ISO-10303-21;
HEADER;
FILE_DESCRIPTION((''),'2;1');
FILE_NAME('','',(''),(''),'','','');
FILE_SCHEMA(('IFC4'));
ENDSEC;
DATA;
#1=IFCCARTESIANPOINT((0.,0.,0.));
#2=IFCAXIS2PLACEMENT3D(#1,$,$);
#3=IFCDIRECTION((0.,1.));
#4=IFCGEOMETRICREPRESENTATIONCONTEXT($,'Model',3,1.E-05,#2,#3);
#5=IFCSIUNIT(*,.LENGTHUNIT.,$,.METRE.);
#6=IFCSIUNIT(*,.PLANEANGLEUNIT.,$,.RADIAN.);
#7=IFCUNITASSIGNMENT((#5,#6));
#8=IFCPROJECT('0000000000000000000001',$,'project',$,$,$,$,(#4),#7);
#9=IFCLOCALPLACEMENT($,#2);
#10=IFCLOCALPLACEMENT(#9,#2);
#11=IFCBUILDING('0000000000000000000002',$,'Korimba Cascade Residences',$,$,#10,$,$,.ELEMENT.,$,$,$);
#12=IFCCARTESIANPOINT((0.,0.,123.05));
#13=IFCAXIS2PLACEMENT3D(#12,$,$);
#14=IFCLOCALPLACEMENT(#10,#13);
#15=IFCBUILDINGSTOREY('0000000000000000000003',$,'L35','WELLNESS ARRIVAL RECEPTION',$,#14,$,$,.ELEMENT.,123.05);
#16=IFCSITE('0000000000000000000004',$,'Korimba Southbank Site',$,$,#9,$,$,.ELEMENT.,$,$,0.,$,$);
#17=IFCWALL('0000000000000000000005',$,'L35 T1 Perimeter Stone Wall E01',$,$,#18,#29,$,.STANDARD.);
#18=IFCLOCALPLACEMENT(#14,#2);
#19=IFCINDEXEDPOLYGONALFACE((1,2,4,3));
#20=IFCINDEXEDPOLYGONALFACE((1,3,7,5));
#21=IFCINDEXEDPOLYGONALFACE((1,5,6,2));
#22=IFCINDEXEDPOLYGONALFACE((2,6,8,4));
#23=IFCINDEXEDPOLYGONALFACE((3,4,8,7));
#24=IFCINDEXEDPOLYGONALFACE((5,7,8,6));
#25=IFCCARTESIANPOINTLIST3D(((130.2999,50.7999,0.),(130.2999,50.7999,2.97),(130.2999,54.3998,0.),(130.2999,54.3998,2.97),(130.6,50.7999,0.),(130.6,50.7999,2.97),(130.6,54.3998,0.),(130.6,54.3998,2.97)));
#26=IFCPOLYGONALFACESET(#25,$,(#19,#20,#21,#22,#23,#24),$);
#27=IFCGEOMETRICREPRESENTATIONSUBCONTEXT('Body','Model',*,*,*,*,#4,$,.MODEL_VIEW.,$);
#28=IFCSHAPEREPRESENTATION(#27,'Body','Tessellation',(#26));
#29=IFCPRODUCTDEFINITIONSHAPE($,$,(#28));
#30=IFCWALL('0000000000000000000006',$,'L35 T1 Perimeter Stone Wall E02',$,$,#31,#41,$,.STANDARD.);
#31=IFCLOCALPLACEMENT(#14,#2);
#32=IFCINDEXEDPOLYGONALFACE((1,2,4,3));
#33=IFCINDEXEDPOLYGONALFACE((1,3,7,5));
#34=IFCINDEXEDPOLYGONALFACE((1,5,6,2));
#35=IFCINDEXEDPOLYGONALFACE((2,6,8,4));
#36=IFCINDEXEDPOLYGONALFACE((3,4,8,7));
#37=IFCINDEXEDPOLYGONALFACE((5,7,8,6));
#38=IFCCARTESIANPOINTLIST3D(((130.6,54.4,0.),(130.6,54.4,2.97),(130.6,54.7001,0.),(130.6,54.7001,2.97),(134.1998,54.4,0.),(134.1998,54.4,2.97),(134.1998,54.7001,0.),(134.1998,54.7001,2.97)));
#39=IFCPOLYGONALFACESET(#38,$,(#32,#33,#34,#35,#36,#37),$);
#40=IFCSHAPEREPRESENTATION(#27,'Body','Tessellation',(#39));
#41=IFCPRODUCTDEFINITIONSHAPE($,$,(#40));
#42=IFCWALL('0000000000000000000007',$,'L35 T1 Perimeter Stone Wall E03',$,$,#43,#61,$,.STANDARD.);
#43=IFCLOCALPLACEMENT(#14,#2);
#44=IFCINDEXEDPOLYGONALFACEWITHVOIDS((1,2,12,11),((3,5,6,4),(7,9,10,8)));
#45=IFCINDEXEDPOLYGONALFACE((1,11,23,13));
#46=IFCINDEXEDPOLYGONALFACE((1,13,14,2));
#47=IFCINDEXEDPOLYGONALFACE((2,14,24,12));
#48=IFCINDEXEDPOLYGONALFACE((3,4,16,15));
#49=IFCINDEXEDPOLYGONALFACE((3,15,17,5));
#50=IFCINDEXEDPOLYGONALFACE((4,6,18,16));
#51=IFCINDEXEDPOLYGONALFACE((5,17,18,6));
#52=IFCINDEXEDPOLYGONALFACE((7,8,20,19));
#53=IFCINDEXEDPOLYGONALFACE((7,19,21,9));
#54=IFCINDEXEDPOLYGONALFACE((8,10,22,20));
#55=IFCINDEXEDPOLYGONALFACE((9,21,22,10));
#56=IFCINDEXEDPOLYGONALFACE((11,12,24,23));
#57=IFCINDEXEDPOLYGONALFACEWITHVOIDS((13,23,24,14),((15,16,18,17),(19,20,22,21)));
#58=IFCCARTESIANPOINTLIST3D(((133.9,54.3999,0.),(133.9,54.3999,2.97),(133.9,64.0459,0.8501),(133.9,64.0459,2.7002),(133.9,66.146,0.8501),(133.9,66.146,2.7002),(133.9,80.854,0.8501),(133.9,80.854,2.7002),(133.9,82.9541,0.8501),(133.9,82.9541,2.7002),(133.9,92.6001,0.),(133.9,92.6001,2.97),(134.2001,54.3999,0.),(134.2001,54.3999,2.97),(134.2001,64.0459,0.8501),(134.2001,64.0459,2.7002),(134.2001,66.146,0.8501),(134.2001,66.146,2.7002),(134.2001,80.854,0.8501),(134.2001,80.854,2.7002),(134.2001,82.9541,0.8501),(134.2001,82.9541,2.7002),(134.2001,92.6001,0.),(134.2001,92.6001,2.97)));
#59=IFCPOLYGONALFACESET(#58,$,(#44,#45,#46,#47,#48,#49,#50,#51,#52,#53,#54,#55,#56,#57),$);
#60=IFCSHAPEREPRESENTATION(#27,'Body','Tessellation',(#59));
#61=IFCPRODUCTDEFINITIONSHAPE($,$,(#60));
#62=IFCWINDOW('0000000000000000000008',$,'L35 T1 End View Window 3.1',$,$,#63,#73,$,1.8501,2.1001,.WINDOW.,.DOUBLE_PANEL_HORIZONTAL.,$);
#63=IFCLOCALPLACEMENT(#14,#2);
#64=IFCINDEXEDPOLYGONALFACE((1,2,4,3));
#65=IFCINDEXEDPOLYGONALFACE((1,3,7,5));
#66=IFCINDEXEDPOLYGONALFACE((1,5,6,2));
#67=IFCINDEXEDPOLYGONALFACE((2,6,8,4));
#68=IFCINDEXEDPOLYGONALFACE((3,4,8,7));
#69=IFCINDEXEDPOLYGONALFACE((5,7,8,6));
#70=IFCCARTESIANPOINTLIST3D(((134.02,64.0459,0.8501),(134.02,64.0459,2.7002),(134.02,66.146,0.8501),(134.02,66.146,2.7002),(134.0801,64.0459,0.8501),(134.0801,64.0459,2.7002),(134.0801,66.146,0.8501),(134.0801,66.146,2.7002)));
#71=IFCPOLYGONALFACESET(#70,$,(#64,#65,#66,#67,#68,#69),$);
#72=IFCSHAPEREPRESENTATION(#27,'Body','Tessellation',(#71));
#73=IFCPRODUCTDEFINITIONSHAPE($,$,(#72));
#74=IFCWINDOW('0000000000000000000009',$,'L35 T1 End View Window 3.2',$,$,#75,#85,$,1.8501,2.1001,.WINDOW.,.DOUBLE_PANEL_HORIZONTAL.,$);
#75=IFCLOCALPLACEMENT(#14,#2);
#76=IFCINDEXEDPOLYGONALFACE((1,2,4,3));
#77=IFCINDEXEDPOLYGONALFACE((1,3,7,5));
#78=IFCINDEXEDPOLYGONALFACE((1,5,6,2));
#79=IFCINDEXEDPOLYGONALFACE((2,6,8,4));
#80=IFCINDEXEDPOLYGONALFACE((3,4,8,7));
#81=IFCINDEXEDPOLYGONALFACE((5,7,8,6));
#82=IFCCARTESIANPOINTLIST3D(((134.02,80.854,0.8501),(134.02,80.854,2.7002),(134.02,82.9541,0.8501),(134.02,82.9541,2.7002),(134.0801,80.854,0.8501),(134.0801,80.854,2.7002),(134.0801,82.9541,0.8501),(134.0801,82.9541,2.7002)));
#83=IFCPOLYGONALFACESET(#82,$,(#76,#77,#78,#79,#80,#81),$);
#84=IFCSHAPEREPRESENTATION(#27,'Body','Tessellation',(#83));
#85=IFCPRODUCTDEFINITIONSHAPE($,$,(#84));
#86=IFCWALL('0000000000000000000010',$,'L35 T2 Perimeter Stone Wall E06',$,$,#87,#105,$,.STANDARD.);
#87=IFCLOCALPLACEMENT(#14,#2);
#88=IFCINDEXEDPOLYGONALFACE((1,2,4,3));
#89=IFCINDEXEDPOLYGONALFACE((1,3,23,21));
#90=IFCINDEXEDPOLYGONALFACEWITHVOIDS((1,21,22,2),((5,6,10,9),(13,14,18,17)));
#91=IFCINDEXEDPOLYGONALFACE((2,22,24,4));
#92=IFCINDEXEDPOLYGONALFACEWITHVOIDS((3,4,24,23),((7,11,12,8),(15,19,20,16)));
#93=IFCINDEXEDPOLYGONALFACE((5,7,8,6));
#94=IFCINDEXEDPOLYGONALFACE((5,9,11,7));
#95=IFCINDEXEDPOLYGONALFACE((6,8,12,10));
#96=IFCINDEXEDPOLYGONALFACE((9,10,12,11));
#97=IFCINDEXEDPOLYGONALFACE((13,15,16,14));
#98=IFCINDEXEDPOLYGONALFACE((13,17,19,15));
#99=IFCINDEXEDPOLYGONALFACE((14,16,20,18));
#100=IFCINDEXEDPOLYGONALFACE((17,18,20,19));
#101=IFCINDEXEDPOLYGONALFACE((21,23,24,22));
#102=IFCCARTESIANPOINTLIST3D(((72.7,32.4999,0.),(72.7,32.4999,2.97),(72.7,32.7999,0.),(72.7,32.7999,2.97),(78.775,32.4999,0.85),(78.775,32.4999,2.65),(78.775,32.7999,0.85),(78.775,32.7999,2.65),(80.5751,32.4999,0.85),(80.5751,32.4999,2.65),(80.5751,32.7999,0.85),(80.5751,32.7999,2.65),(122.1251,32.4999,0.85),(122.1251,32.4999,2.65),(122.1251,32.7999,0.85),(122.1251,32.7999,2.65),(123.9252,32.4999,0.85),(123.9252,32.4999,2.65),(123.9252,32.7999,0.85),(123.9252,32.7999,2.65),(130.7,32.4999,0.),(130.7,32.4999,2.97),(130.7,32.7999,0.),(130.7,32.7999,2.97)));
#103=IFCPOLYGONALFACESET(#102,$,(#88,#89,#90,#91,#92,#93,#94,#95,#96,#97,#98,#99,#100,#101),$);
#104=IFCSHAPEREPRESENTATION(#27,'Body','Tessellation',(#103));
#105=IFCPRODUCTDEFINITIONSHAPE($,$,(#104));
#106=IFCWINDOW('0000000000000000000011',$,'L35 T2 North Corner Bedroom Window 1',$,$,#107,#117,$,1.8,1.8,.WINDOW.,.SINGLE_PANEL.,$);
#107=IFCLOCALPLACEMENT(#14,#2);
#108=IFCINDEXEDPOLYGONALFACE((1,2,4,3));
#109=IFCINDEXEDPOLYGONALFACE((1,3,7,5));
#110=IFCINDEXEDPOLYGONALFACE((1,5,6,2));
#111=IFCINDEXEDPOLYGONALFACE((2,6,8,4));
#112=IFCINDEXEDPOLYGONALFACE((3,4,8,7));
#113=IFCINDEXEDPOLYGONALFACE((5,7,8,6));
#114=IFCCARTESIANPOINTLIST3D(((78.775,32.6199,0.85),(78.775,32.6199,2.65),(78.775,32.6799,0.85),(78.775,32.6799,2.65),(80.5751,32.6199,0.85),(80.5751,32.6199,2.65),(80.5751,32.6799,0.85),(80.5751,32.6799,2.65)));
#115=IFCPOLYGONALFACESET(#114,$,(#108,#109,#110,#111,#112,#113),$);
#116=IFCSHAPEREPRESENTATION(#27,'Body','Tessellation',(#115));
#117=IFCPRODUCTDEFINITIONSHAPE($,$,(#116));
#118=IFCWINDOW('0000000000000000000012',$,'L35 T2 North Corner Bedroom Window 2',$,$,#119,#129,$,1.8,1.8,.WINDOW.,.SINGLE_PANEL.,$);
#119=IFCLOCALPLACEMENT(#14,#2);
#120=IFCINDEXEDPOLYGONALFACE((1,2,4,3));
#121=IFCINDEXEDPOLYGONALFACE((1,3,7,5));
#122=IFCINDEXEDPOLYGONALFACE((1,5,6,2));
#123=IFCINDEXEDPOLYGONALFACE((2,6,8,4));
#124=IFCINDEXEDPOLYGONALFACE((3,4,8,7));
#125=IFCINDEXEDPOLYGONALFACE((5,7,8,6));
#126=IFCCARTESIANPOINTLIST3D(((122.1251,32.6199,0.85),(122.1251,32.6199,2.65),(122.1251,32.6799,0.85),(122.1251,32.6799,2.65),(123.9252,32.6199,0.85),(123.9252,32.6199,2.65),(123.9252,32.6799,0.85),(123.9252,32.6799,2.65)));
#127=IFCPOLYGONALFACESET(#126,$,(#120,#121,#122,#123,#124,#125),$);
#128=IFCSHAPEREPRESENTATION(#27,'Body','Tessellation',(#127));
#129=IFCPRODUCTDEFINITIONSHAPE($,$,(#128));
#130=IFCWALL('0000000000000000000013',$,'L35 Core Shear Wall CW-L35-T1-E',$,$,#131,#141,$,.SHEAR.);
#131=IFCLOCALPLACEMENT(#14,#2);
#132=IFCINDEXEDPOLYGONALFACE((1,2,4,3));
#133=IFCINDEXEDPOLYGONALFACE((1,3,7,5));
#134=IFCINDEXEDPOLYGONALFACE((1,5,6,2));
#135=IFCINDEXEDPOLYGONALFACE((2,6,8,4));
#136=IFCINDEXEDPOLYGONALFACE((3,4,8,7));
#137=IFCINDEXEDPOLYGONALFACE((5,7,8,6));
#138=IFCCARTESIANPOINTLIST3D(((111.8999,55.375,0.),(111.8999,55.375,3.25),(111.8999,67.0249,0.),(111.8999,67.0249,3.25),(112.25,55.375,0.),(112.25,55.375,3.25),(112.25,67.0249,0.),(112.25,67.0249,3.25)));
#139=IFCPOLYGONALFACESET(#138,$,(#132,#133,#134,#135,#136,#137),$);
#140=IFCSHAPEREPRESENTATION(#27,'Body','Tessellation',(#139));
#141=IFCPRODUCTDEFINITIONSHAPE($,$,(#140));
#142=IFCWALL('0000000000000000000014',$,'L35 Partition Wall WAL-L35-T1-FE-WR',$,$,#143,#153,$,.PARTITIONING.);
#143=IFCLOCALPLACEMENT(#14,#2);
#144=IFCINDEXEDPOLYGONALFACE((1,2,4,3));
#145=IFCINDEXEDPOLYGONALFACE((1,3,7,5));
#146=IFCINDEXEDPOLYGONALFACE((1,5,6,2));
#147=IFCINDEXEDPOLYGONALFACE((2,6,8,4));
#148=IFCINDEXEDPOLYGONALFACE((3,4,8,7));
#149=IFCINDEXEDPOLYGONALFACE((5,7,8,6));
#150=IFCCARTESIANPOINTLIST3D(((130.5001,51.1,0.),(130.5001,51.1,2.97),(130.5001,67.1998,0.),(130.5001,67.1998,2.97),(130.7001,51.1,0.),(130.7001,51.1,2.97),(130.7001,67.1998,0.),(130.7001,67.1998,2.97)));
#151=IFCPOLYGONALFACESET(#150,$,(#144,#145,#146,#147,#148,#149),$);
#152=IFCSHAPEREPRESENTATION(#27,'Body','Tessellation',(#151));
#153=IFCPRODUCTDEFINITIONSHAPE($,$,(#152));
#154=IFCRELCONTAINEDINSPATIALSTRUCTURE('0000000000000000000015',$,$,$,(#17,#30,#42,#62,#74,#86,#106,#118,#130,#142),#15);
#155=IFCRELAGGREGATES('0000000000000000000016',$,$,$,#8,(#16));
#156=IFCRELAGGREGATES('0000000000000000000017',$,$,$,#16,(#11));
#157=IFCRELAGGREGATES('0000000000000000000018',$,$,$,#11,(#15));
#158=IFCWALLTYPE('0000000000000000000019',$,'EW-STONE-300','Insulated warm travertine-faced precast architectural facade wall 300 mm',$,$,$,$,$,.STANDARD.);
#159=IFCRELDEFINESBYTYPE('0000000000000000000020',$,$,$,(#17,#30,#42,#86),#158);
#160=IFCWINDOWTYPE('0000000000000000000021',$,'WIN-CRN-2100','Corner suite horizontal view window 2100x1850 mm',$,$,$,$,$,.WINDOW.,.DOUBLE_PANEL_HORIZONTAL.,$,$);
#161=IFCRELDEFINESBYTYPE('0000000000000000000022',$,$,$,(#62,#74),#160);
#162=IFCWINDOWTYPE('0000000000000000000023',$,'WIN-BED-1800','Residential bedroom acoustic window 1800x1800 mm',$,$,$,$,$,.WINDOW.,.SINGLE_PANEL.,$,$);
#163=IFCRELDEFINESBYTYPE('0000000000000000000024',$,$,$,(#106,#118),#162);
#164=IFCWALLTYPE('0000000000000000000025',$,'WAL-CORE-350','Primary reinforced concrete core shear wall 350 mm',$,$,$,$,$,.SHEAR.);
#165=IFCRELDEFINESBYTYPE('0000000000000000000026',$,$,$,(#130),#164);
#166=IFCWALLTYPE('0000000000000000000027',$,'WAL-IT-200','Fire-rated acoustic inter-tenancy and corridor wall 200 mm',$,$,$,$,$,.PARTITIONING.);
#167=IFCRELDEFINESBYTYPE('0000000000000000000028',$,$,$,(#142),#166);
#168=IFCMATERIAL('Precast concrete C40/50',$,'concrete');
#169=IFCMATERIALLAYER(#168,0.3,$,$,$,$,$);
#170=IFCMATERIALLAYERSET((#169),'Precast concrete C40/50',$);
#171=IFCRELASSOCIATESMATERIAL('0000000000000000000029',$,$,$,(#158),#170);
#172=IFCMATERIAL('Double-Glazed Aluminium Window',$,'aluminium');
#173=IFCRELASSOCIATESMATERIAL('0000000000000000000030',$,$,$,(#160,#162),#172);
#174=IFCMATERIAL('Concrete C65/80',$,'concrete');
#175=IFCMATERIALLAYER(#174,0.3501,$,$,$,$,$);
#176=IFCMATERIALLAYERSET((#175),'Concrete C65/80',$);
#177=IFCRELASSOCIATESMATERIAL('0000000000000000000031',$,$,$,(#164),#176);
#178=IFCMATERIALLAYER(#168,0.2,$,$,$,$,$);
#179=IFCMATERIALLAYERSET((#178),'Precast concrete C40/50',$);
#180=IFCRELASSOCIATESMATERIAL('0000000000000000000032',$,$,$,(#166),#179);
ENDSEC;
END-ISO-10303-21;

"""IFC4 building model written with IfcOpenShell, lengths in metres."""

from ifc_helpers import new_model, si_unit, direction, frame, frame_2d, origin, place, context, subcontext, project, spatial, rectangle, extrude, material, layer, layer_set, type_object, element, fill, save


model = new_model("IFC4")

# Units and contexts
model_context = context("Model", 3, precision=1e-05, world=origin(), true_north=direction((0.0, 1.0)))
body_context = subcontext(model_context, "Body", "Model", "MODEL_VIEW")
ifc_project = project(units=[si_unit("LENGTHUNIT", "METRE"), si_unit("PLANEANGLEUNIT", "RADIAN")], contexts=[model_context])

# Site, building, storey
site_placement = place(None, origin())
site = spatial("IfcSite", under=ifc_project, at=site_placement, Name="Korimba Southbank Site", CompositionType="ELEMENT", RefElevation=0.0)
building_placement = place(site_placement, origin())
building = spatial("IfcBuilding", under=site, at=building_placement, Name="Korimba Cascade Residences", CompositionType="ELEMENT")
storey_placement = place(building_placement, frame((0.0, 0.0, 123.05)))
storey = spatial("IfcBuildingStorey", under=building, at=storey_placement, Name="L35", Description="WELLNESS ARRIVAL RECEPTION", CompositionType="ELEMENT", Elevation=123.05)

# Shared definitions
ifc_material_1 = material(Name="Concrete C65/80", Category="concrete")

# Walls
ifc_material_2 = material(Name="Precast concrete C40/50", Category="concrete")
ifc_layer_1 = layer(ifc_material_2, 0.3)
ifc_layer_set_1 = layer_set([ifc_layer_1], Name="Precast concrete C40/50")
wall_type_1 = type_object("IfcWallType", Name="EW-STONE-300", Description="Insulated warm travertine-faced precast architectural facade wall 300 mm", PredefinedType="STANDARD", material=ifc_layer_set_1)
for number, where, z_axis, x_axis, name in (
    (1, (130.45, 50.8, 0.0), (0.0, 0.0, 1.0), (0.0, 1.0, 0.0), "L35 T1 Perimeter Stone Wall E01"),
    (2, (130.6001, 54.55, 0.0), (0.0, 0.0, 1.0), (1.0, 0.0, 0.0), "L35 T1 Perimeter Stone Wall E02"),
):
    element("IfcWall", number, at=place(storey_placement, frame(where, z_axis=z_axis, x_axis=x_axis)), inside=storey, type_object=wall_type_1, Name=name, PredefinedType="STANDARD", context=body_context, shape_type="SweptSolid", body=[
        extrude(rectangle(XDim=3.5999, YDim=0.3, at=frame_2d((1.7998, 0.0))), origin(), (0.0, 0.0, 1.0), 2.97),
    ])

# Walls, openings, windows
wall_1_placement = place(storey_placement, frame((134.05, 54.3999, 0.0), z_axis=(0.0, 0.0, 1.0), x_axis=(0.0, 1.0, 0.0)))
wall_1 = element("IfcWall", 3, at=wall_1_placement, inside=storey, type_object=wall_type_1, Name="L35 T1 Perimeter Stone Wall E03", PredefinedType="STANDARD", context=body_context, shape_type="SweptSolid", body=[
    extrude(rectangle(XDim=38.2002, YDim=0.3, at=frame_2d((19.1001, 0.0))), origin(), (0.0, 0.0, 1.0), 2.97),
])
opening_1_placement = place(wall_1_placement, frame((9.646, 0.0, 0.8501)))
opening_1 = element("IfcOpeningElement", 4, at=opening_1_placement, cuts=wall_1, PredefinedType="OPENING", context=body_context, shape_type="SweptSolid", body=[
    extrude(rectangle(XDim=2.1001, YDim=1.8501, at=frame_2d((1.05, 0.925))), frame((0.0, 0.1602, 0.0), z_axis=(0.0, -1.0, 0.0), x_axis=(1.0, 0.0, 0.0)), (0.0, 0.0, 1.0), 0.3201),
])
opening_2_placement = place(wall_1_placement, frame((26.4541, 0.0, 0.8501)))
opening_2 = element("IfcOpeningElement", 5, at=opening_2_placement, cuts=wall_1, PredefinedType="OPENING", context=body_context, shape_type="SweptSolid", body=[
    extrude(rectangle(XDim=2.1001, YDim=1.8501, at=frame_2d((1.05, 0.925))), frame((0.0, 0.1602, 0.0), z_axis=(0.0, -1.0, 0.0), x_axis=(1.0, 0.0, 0.0)), (0.0, 0.0, 1.0), 0.3201),
])
ifc_material_3 = material(Name="Double-Glazed Aluminium Window", Category="aluminium")
window_type_1 = type_object("IfcWindowType", Name="WIN-CRN-2100", Description="Corner suite horizontal view window 2100x1850 mm", PartitioningType="DOUBLE_PANEL_HORIZONTAL", PredefinedType="WINDOW", material=ifc_material_3)
window_1_placement = place(opening_1_placement, origin())
window_1 = element("IfcWindow", 6, at=window_1_placement, inside=storey, type_object=window_type_1, Name="L35 T1 End View Window 3.1", OverallHeight=1.8501, OverallWidth=2.1001, PartitioningType="DOUBLE_PANEL_HORIZONTAL", PredefinedType="WINDOW", context=body_context, shape_type="SweptSolid", body=[
    extrude(rectangle(XDim=2.1001, YDim=1.8501, at=frame_2d((1.05, 0.925))), frame((0.0, 0.03, 0.0), z_axis=(0.0, -1.0, 0.0), x_axis=(1.0, 0.0, 0.0)), (0.0, 0.0, 1.0), 0.0601),
])
fill(opening_1, window_1)
window_2_placement = place(opening_2_placement, origin())
window_2 = element("IfcWindow", 7, at=window_2_placement, inside=storey, type_object=window_type_1, Name="L35 T1 End View Window 3.2", OverallHeight=1.8501, OverallWidth=2.1001, PartitioningType="DOUBLE_PANEL_HORIZONTAL", PredefinedType="WINDOW", context=body_context, shape_type="SweptSolid", body=[
    extrude(rectangle(XDim=2.1001, YDim=1.8501, at=frame_2d((1.05, 0.925))), frame((0.0, 0.03, 0.0), z_axis=(0.0, -1.0, 0.0), x_axis=(1.0, 0.0, 0.0)), (0.0, 0.0, 1.0), 0.0601),
])
fill(opening_2, window_2)
wall_2_placement = place(storey_placement, frame((130.7, 32.6499, 0.0), z_axis=(0.0, 0.0, 1.0), x_axis=(-1.0, 0.0, 0.0)))
wall_2 = element("IfcWall", 8, at=wall_2_placement, inside=storey, type_object=wall_type_1, Name="L35 T2 Perimeter Stone Wall E06", PredefinedType="STANDARD", context=body_context, shape_type="SweptSolid", body=[
    extrude(rectangle(XDim=58.0, YDim=0.3, at=frame_2d((29.0, 0.0))), origin(), (0.0, 0.0, 1.0), 2.97),
])
opening_3_placement = place(wall_2_placement, frame((50.125, 0.0, 0.8501)))
opening_3 = element("IfcOpeningElement", 9, at=opening_3_placement, cuts=wall_2, PredefinedType="OPENING", context=body_context, shape_type="SweptSolid", body=[
    extrude(rectangle(XDim=1.8, YDim=1.8, at=frame_2d((0.8999, 0.8999))), frame((0.0, 0.1602, 0.0), z_axis=(0.0, -1.0, 0.0), x_axis=(1.0, 0.0, 0.0)), (0.0, 0.0, 1.0), 0.3201),
])
opening_4_placement = place(wall_2_placement, frame((6.7749, 0.0, 0.8501)))
opening_4 = element("IfcOpeningElement", 10, at=opening_4_placement, cuts=wall_2, PredefinedType="OPENING", context=body_context, shape_type="SweptSolid", body=[
    extrude(rectangle(XDim=1.8, YDim=1.8, at=frame_2d((0.8999, 0.8999))), frame((0.0, 0.1602, 0.0), z_axis=(0.0, -1.0, 0.0), x_axis=(1.0, 0.0, 0.0)), (0.0, 0.0, 1.0), 0.3201),
])
window_type_2 = type_object("IfcWindowType", Name="WIN-BED-1800", Description="Residential bedroom acoustic window 1800x1800 mm", PartitioningType="SINGLE_PANEL", PredefinedType="WINDOW", material=ifc_material_3)
window_3_placement = place(opening_3_placement, origin())
window_3 = element("IfcWindow", 11, at=window_3_placement, inside=storey, type_object=window_type_2, Name="L35 T2 North Corner Bedroom Window 1", OverallHeight=1.8, OverallWidth=1.8, PartitioningType="SINGLE_PANEL", PredefinedType="WINDOW", context=body_context, shape_type="SweptSolid", body=[
    extrude(rectangle(XDim=1.8, YDim=1.8, at=frame_2d((0.8999, 0.8999))), frame((0.0, 0.03, 0.0), z_axis=(0.0, -1.0, 0.0), x_axis=(1.0, 0.0, 0.0)), (0.0, 0.0, 1.0), 0.0601),
])
fill(opening_3, window_3)
window_4_placement = place(opening_4_placement, origin())
window_4 = element("IfcWindow", 12, at=window_4_placement, inside=storey, type_object=window_type_2, Name="L35 T2 North Corner Bedroom Window 2", OverallHeight=1.8, OverallWidth=1.8, PartitioningType="SINGLE_PANEL", PredefinedType="WINDOW", context=body_context, shape_type="SweptSolid", body=[
    extrude(rectangle(XDim=1.8, YDim=1.8, at=frame_2d((0.8999, 0.8999))), frame((0.0, 0.03, 0.0), z_axis=(0.0, -1.0, 0.0), x_axis=(1.0, 0.0, 0.0)), (0.0, 0.0, 1.0), 0.0601),
])
fill(opening_4, window_4)

# Walls
ifc_layer_2 = layer(ifc_material_1, 0.3501)
ifc_layer_set_2 = layer_set([ifc_layer_2], Name="Concrete C65/80")
wall_type_2 = type_object("IfcWallType", Name="WAL-CORE-350", Description="Primary reinforced concrete core shear wall 350 mm", PredefinedType="SHEAR", material=ifc_layer_set_2)
wall_3_placement = place(storey_placement, frame((112.075, 55.375, 0.0), z_axis=(0.0, 0.0, 1.0), x_axis=(0.0, 1.0, 0.0)))
element("IfcWall", 13, at=wall_3_placement, inside=storey, type_object=wall_type_2, Name="L35 Core Shear Wall CW-L35-T1-E", PredefinedType="SHEAR", context=body_context, shape_type="SweptSolid", body=[
    extrude(rectangle(XDim=11.6499, YDim=0.3501, at=frame_2d((5.825, 0.0))), origin(), (0.0, 0.0, 1.0), 3.25),
])
ifc_layer_3 = layer(ifc_material_2, 0.2)
ifc_layer_set_3 = layer_set([ifc_layer_3], Name="Precast concrete C40/50")
wall_type_3 = type_object("IfcWallType", Name="WAL-IT-200", Description="Fire-rated acoustic inter-tenancy and corridor wall 200 mm", PredefinedType="PARTITIONING", material=ifc_layer_set_3)
wall_4_placement = place(storey_placement, frame((130.6001, 51.1001, 0.0), z_axis=(0.0, 0.0, 1.0), x_axis=(0.0, 1.0, 0.0)))
element("IfcWall", 14, at=wall_4_placement, inside=storey, type_object=wall_type_3, Name="L35 Partition Wall WAL-L35-T1-FE-WR", PredefinedType="PARTITIONING", context=body_context, shape_type="SweptSolid", body=[
    extrude(rectangle(XDim=16.0999, YDim=0.2, at=frame_2d((8.0498, 0.0))), origin(), (0.0, 0.0, 1.0), 2.97),
])

save(model, "model.ifc")
